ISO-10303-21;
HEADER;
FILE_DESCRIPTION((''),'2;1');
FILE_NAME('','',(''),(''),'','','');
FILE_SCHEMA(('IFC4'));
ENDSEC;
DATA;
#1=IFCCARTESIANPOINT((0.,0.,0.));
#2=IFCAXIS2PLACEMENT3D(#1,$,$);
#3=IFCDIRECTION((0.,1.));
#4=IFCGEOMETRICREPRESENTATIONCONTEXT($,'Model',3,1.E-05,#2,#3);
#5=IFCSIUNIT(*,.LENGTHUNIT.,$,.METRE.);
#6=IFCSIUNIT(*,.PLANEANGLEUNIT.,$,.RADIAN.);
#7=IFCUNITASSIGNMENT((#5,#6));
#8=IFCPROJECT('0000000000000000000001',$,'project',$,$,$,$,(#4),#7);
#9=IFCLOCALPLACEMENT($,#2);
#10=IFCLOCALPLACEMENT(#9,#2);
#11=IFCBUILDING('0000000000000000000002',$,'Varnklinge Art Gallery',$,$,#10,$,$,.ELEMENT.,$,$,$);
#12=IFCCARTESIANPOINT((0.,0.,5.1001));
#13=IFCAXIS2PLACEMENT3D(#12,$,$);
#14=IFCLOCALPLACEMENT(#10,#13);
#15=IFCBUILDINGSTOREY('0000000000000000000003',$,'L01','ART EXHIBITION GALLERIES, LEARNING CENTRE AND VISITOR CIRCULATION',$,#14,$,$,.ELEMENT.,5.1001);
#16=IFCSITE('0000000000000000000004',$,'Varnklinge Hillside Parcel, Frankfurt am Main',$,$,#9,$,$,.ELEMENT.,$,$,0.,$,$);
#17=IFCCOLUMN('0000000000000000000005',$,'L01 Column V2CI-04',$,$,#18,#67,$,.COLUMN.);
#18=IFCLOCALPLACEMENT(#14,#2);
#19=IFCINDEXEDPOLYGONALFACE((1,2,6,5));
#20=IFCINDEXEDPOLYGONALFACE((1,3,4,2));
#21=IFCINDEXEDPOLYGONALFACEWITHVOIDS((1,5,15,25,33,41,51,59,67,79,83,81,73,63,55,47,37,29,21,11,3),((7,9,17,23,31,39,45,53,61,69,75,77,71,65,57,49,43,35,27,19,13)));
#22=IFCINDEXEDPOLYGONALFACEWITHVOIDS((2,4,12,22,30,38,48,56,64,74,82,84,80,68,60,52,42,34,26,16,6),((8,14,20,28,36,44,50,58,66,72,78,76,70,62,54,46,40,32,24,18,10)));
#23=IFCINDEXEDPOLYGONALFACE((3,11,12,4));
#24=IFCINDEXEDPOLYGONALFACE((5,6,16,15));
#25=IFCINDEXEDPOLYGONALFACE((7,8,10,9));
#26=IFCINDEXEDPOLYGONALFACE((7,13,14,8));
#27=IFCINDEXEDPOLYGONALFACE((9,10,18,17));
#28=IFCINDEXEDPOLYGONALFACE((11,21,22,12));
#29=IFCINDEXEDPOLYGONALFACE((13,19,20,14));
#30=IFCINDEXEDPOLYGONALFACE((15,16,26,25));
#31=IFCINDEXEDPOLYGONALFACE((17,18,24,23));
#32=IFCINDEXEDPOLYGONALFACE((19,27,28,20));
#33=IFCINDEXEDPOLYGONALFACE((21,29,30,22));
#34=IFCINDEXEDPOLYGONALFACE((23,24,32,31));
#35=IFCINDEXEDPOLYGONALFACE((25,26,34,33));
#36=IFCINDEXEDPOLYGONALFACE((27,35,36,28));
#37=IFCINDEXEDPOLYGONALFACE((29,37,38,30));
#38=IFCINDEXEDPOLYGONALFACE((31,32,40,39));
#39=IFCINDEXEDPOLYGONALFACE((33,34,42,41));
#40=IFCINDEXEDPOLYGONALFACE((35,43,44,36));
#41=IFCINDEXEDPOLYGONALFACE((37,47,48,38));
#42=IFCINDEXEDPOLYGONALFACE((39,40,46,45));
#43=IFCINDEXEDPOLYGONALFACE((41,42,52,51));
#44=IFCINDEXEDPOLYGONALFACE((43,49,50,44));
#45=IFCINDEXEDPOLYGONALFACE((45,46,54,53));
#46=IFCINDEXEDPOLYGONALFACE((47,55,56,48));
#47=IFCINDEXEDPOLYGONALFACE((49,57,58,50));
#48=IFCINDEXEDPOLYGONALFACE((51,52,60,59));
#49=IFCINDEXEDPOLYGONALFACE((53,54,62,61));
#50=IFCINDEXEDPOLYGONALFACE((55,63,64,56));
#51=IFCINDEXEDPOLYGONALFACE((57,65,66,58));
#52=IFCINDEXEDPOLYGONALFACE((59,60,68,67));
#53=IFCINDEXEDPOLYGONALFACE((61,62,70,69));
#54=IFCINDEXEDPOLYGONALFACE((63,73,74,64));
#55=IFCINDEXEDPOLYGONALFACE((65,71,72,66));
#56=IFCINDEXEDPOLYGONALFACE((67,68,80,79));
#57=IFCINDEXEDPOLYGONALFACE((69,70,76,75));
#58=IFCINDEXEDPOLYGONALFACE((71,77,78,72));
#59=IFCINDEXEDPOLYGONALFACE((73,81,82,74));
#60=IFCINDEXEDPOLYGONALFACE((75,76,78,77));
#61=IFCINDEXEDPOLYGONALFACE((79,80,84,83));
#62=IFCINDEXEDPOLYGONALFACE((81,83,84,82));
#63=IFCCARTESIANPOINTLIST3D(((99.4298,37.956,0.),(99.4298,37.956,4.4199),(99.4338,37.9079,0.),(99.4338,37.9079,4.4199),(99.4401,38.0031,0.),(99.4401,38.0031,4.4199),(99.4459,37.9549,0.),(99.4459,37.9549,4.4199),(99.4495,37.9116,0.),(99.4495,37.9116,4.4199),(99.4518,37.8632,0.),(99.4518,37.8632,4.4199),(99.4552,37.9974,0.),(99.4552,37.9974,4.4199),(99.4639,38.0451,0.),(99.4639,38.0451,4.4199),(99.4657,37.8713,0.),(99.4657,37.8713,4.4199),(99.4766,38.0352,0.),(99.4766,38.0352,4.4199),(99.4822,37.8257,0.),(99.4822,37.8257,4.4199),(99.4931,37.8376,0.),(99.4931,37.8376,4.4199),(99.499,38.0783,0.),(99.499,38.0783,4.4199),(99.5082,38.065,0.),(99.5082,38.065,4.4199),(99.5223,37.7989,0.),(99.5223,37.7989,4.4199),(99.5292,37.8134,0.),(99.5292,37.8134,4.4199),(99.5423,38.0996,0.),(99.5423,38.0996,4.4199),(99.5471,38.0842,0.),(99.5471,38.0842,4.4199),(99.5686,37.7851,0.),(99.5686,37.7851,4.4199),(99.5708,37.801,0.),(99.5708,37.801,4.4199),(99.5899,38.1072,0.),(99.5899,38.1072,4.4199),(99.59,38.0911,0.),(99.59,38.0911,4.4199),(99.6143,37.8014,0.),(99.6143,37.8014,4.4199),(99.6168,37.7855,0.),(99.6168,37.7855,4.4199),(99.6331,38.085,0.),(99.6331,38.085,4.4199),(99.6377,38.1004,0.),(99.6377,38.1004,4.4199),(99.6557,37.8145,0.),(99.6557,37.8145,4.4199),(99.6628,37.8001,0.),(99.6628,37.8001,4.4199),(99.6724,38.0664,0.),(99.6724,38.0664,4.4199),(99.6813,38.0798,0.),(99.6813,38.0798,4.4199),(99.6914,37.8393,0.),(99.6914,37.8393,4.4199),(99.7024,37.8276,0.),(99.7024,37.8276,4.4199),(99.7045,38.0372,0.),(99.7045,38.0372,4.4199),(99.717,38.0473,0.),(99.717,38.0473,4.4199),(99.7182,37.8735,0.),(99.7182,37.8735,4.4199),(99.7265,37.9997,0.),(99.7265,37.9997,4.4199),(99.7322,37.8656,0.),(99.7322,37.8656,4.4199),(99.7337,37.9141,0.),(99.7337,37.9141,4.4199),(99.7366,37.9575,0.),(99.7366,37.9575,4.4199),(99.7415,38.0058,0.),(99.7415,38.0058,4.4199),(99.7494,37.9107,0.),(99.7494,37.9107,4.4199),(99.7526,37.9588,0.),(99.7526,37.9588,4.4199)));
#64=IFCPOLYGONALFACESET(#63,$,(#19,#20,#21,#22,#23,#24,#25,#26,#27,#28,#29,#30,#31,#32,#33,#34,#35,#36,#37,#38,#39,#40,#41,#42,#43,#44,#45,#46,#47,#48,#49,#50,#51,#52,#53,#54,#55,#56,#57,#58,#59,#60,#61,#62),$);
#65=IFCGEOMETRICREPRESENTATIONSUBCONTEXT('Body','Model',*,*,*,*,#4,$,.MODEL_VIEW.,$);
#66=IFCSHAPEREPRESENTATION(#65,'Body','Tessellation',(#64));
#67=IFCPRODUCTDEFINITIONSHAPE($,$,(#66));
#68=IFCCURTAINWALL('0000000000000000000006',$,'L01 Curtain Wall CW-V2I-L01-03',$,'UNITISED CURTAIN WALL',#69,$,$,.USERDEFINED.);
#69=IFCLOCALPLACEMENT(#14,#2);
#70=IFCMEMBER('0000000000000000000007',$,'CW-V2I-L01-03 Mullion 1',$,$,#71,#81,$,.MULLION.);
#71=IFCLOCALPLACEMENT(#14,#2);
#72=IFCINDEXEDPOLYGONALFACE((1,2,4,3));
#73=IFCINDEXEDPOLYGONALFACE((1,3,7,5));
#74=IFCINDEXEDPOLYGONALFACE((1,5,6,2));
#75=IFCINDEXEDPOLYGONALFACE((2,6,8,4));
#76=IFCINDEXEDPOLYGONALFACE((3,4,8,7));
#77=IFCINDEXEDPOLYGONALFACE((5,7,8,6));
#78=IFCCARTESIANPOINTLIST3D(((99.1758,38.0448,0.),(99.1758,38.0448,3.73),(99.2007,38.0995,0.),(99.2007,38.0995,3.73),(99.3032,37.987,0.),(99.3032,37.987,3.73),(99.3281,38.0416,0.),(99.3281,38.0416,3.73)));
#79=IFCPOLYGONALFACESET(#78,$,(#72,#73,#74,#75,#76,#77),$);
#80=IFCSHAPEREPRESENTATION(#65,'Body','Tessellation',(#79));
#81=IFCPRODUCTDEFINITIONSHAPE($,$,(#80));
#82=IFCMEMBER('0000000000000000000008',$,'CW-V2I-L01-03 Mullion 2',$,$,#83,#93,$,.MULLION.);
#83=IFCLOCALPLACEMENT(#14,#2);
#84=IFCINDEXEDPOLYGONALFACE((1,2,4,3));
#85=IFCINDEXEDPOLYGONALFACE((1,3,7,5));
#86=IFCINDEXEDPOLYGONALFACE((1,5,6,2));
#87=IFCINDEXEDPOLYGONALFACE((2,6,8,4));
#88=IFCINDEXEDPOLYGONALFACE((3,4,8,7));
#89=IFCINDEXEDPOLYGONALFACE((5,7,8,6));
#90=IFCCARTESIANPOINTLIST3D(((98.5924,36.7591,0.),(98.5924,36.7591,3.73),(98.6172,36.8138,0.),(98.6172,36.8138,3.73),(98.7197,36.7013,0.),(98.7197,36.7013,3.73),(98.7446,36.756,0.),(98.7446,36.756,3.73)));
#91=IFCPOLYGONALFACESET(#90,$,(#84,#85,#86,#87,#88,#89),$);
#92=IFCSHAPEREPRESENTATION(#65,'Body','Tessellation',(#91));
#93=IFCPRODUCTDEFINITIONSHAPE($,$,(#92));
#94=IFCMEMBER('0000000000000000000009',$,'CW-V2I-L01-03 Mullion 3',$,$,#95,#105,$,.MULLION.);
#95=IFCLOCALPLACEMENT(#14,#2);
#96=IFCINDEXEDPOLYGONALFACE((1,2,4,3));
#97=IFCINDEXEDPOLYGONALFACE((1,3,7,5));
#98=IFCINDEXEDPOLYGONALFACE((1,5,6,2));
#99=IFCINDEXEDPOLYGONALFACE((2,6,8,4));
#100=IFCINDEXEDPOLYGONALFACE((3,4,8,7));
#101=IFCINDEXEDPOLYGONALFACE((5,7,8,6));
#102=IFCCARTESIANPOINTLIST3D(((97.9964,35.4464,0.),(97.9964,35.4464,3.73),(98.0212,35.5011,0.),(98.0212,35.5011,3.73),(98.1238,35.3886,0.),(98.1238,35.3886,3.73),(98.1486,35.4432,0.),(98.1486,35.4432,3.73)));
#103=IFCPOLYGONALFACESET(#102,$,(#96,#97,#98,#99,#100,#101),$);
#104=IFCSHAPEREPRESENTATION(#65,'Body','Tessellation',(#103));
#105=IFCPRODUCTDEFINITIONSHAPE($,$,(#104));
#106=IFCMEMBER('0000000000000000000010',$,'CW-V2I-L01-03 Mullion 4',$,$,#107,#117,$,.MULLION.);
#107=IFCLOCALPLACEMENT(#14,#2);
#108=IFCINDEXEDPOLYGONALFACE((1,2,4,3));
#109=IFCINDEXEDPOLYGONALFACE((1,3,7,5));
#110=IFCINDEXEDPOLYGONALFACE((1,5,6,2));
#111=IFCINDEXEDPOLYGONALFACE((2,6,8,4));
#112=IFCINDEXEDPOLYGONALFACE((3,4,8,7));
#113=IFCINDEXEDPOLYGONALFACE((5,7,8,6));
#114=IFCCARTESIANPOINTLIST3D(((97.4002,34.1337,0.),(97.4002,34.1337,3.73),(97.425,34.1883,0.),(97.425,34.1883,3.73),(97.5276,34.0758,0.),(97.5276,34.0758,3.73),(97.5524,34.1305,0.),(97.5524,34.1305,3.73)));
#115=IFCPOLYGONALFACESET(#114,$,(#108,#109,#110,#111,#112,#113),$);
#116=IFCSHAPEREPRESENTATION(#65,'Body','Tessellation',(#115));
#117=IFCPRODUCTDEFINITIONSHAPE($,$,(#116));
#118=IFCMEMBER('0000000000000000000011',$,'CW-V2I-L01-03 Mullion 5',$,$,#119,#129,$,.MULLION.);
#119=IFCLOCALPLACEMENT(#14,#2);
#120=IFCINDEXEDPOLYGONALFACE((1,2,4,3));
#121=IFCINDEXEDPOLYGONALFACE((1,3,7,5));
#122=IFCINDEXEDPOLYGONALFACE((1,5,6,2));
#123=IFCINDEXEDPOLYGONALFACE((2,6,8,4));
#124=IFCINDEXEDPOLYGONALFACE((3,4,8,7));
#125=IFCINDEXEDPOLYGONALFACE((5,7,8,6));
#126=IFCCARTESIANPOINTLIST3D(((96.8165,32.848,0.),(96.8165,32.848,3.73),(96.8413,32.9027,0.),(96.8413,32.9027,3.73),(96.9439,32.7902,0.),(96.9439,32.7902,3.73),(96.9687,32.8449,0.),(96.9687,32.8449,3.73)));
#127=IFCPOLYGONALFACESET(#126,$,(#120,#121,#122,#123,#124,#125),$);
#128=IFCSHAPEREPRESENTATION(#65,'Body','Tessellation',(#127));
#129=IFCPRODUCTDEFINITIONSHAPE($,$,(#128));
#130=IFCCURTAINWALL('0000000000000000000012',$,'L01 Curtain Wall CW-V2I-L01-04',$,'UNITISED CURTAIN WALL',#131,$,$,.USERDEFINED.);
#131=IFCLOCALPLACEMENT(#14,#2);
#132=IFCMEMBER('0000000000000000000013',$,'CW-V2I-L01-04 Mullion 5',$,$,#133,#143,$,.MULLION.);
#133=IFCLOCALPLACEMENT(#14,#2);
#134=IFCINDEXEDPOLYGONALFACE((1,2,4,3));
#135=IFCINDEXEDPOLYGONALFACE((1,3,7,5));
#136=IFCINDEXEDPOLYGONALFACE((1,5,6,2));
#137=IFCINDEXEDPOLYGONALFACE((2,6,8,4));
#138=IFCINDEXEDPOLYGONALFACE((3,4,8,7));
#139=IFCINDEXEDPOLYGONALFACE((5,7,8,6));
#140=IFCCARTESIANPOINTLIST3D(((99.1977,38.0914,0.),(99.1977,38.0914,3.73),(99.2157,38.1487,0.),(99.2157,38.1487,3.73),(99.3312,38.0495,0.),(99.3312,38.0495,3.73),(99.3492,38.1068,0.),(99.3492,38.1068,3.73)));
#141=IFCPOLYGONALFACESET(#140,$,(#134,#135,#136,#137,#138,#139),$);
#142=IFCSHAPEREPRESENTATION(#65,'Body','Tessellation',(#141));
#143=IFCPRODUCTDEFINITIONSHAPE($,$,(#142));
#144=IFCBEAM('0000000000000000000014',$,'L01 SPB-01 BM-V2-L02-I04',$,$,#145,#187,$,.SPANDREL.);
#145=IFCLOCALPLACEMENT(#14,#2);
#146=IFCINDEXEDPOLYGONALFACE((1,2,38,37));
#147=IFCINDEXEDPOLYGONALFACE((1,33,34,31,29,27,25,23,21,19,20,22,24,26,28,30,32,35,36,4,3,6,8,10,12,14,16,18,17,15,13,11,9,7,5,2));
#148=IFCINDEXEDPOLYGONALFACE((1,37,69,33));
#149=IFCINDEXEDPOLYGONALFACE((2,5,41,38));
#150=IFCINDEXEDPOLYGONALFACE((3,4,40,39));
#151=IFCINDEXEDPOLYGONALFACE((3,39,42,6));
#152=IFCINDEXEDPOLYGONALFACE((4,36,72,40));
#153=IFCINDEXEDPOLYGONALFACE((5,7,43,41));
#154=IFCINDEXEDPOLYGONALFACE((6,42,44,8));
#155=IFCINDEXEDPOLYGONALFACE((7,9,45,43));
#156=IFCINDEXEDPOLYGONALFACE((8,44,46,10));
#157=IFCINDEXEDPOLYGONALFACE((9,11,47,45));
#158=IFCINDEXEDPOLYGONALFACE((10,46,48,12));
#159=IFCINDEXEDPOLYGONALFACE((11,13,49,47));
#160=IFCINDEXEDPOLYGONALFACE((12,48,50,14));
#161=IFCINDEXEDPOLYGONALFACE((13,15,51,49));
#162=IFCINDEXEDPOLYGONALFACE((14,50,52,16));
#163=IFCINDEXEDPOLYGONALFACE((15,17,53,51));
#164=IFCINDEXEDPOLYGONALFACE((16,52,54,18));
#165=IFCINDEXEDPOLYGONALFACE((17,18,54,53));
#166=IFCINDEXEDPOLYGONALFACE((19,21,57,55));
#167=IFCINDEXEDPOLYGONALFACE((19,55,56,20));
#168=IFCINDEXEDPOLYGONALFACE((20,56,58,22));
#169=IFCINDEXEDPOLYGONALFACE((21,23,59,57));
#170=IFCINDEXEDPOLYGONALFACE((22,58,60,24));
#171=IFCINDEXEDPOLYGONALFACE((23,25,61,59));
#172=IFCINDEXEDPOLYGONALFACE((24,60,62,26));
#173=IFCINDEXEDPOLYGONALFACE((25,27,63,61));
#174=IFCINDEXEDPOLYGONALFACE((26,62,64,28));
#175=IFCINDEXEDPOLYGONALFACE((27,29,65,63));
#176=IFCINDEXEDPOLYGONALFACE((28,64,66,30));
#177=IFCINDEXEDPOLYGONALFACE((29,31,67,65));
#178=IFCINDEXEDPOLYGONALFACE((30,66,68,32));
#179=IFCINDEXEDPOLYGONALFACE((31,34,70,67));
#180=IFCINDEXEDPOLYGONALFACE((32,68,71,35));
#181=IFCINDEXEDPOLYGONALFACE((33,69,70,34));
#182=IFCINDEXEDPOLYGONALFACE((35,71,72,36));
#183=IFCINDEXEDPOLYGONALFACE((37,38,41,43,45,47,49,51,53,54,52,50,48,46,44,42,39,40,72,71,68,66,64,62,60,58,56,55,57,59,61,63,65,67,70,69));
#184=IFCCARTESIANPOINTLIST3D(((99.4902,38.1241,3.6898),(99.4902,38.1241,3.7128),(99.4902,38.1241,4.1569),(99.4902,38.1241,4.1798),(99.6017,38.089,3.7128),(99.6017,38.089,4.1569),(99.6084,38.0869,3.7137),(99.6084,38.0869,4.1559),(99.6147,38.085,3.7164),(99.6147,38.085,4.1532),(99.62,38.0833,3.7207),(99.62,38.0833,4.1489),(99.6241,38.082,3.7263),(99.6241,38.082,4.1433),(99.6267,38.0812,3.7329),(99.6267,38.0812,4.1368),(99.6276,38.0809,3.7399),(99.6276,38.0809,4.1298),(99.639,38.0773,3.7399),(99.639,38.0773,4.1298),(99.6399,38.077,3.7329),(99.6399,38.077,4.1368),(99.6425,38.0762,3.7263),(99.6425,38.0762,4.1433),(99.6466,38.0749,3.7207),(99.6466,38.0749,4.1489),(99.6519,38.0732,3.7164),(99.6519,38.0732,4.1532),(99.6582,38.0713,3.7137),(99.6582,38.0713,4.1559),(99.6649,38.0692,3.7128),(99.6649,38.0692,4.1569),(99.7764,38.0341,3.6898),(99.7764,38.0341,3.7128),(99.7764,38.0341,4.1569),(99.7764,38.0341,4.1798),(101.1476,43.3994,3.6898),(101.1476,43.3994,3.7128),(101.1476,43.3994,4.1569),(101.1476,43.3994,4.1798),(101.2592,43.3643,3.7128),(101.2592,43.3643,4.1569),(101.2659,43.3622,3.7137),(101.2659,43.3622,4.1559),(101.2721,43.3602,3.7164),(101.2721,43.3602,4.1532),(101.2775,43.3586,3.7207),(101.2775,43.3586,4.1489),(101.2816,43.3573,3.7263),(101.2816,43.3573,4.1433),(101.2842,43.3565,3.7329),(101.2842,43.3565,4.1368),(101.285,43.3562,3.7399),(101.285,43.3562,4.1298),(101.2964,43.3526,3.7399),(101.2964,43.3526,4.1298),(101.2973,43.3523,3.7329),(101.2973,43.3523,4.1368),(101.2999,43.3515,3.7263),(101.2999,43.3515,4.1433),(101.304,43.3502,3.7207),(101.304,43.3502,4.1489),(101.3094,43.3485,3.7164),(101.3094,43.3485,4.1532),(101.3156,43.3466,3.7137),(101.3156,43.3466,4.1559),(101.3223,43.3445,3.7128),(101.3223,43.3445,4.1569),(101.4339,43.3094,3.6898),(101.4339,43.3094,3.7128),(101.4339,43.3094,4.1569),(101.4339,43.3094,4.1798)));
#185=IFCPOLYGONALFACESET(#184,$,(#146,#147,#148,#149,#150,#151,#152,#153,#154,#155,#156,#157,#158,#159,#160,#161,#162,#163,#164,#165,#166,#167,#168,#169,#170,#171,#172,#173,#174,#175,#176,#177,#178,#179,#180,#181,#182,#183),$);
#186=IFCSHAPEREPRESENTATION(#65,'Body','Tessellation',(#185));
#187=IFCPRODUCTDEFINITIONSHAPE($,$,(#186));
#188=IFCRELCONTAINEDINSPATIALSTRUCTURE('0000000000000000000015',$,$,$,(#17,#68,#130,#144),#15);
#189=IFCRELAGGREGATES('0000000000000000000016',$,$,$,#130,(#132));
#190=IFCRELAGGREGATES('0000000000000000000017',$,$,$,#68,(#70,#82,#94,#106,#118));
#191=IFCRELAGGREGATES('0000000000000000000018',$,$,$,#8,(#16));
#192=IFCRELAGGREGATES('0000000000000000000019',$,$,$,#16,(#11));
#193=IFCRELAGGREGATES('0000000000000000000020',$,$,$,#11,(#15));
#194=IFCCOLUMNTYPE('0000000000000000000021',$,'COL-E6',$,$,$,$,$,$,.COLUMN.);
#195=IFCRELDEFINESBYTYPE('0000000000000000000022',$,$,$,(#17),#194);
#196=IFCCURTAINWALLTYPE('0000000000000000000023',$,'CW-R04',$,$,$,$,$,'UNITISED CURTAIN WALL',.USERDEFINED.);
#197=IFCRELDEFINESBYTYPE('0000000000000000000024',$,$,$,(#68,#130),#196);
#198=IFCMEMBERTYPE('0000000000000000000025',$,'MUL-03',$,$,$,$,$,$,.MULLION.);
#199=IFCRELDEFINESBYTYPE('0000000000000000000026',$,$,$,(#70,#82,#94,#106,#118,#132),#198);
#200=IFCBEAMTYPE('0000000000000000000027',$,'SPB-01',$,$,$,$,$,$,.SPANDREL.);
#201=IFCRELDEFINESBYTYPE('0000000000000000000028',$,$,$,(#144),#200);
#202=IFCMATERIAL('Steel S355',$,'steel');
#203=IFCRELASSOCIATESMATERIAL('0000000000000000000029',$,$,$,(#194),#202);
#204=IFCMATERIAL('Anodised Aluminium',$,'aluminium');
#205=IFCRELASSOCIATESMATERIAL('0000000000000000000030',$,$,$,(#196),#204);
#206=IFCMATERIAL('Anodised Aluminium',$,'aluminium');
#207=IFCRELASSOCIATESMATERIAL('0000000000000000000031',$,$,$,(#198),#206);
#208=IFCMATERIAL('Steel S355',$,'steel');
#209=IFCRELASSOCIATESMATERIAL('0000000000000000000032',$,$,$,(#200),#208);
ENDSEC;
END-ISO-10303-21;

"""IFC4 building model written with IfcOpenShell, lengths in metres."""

from ifc_helpers import new_model, si_unit, direction, frame, origin, origin_2d, place, context, subcontext, project, spatial, rectangle, hollow_circle, i_section, extrude, material, material_profile, profile_set, type_object, element, aggregate, save


model = new_model("IFC4")

# Units and contexts
model_context = context("Model", 3, precision=1e-05, world=origin(), true_north=direction((0.0, 1.0)))
body_context = subcontext(model_context, "Body", "Model", "MODEL_VIEW")
ifc_project = project(units=[si_unit("LENGTHUNIT", "METRE"), si_unit("PLANEANGLEUNIT", "RADIAN")], contexts=[model_context])

# Site, building, storey
site_placement = place(None, origin())
site = spatial("IfcSite", under=ifc_project, at=site_placement, Name="Varnklinge Hillside Parcel, Frankfurt am Main", CompositionType="ELEMENT", RefElevation=0.0)
building_placement = place(site_placement, origin())
building = spatial("IfcBuilding", under=site, at=building_placement, Name="Varnklinge Art Gallery", CompositionType="ELEMENT")
storey_placement = place(building_placement, frame((0.0, 0.0, 5.1001)))
storey = spatial("IfcBuildingStorey", under=building, at=storey_placement, Name="L01", Description="ART EXHIBITION GALLERIES, LEARNING CENTRE AND VISITOR CIRCULATION", CompositionType="ELEMENT", Elevation=5.1001)

# Column
ifc_material_1 = material(Name="Steel S355", Category="steel")
ifc_material_profile_1 = material_profile(ifc_material_1, hollow_circle(Radius=0.1619, WallThickness=0.0161, at=origin_2d()), Name="CHS 323.9x16")
ifc_profile_set_1 = profile_set([ifc_material_profile_1], Name="Steel S355")
column_type = type_object("IfcColumnType", Name="COL-E6", PredefinedType="COLUMN", material=ifc_profile_set_1)
column_placement = place(storey_placement, frame((99.5913, 37.9453, 0.0), z_axis=(0.0, 0.0, 1.0), x_axis=(-0.934018, 0.357227, 0.0)))
element("IfcColumn", 1, at=column_placement, inside=storey, type_object=column_type, Name="L01 Column V2CI-04", PredefinedType="COLUMN", context=body_context, shape_type="SweptSolid", body=[
    extrude(hollow_circle(Radius=0.1619, WallThickness=0.0161, at=origin_2d()), origin(), (0.0, 0.0, 1.0), 4.4199),
])

# Curtain wall, members
ifc_material_2 = material(Name="Anodised Aluminium", Category="aluminium")
curtain_wall_type = type_object("IfcCurtainWallType", Name="CW-R04", ElementType="UNITISED CURTAIN WALL", PredefinedType="USERDEFINED", material=ifc_material_2)
curtain_wall_1_placement = place(storey_placement, origin())
curtain_wall_1 = element("IfcCurtainWall", 2, at=curtain_wall_1_placement, inside=storey, type_object=curtain_wall_type, Name="L01 Curtain Wall CW-V2I-L01-03", ObjectType="UNITISED CURTAIN WALL", PredefinedType="USERDEFINED")
ifc_material_3 = material(Name="Anodised Aluminium", Category="aluminium")
ifc_material_profile_2 = material_profile(ifc_material_3, rectangle(XDim=0.0601, YDim=0.1399, at=origin_2d()), Name="ALU 60x140")
ifc_profile_set_2 = profile_set([ifc_material_profile_2], Name="Anodised Aluminium")
member_type_1 = type_object("IfcMemberType", Name="MUL-03", PredefinedType="MULLION", material=ifc_profile_set_2)
member_1_placement = place(storey_placement, frame((99.252, 38.0432, 0.0), z_axis=(0.0, 0.0, 1.0), x_axis=(-0.413422, -0.910539, 0.0)))
member_1 = element("IfcMember", 3, at=member_1_placement, type_object=member_type_1, Name="CW-V2I-L01-03 Mullion 1", PredefinedType="MULLION", context=body_context, shape_type="SweptSolid", body=[
    extrude(rectangle(XDim=0.0601, YDim=0.1399, at=origin_2d()), origin(), (0.0, 0.0, 1.0), 3.73),
])
member_2_placement = place(storey_placement, frame((98.6685, 36.7576, 0.0), z_axis=(0.0, 0.0, 1.0), x_axis=(-0.413422, -0.910539, 0.0)))
member_2 = element("IfcMember", 4, at=member_2_placement, type_object=member_type_1, Name="CW-V2I-L01-03 Mullion 2", PredefinedType="MULLION", context=body_context, shape_type="SweptSolid", body=[
    extrude(rectangle(XDim=0.0601, YDim=0.1399, at=origin_2d()), origin(), (0.0, 0.0, 1.0), 3.73),
])
member_3_placement = place(storey_placement, frame((98.0725, 35.4448, 0.0), z_axis=(0.0, 0.0, 1.0), x_axis=(-0.413422, -0.910539, 0.0)))
member_3 = element("IfcMember", 5, at=member_3_placement, type_object=member_type_1, Name="CW-V2I-L01-03 Mullion 3", PredefinedType="MULLION", context=body_context, shape_type="SweptSolid", body=[
    extrude(rectangle(XDim=0.0601, YDim=0.1399, at=origin_2d()), origin(), (0.0, 0.0, 1.0), 3.73),
])
member_4_placement = place(storey_placement, frame((97.4763, 34.1321, 0.0), z_axis=(0.0, 0.0, 1.0), x_axis=(-0.413422, -0.910539, 0.0)))
member_4 = element("IfcMember", 6, at=member_4_placement, type_object=member_type_1, Name="CW-V2I-L01-03 Mullion 4", PredefinedType="MULLION", context=body_context, shape_type="SweptSolid", body=[
    extrude(rectangle(XDim=0.0601, YDim=0.1399, at=origin_2d()), origin(), (0.0, 0.0, 1.0), 3.73),
])
member_5_placement = place(storey_placement, frame((96.8926, 32.8464, 0.0), z_axis=(0.0, 0.0, 1.0), x_axis=(-0.413422, -0.910539, 0.0)))
member_5 = element("IfcMember", 7, at=member_5_placement, type_object=member_type_1, Name="CW-V2I-L01-03 Mullion 5", PredefinedType="MULLION", context=body_context, shape_type="SweptSolid", body=[
    extrude(rectangle(XDim=0.0601, YDim=0.1399, at=origin_2d()), origin(), (0.0, 0.0, 1.0), 3.73),
])

# Curtain wall, member
curtain_wall_2_placement = place(storey_placement, origin())
curtain_wall_2 = element("IfcCurtainWall", 8, at=curtain_wall_2_placement, inside=storey, type_object=curtain_wall_type, Name="L01 Curtain Wall CW-V2I-L01-04", ObjectType="UNITISED CURTAIN WALL", PredefinedType="USERDEFINED")
member_6_placement = place(storey_placement, frame((99.2734, 38.0991, 0.0), z_axis=(0.0, 0.0, 1.0), x_axis=(-0.299707, -0.954031, 0.0)))
member_6 = element("IfcMember", 9, at=member_6_placement, type_object=member_type_1, Name="CW-V2I-L01-04 Mullion 5", PredefinedType="MULLION", context=body_context, shape_type="SweptSolid", body=[
    extrude(rectangle(XDim=0.0601, YDim=0.1399, at=origin_2d()), origin(), (0.0, 0.0, 1.0), 3.73),
])
aggregate(curtain_wall_2, [member_6])

# Beam
ifc_material_4 = material(Name="Steel S355", Category="steel")
ifc_material_profile_3 = material_profile(ifc_material_4, i_section(OverallWidth=0.3, OverallDepth=0.49, WebThickness=0.012, FlangeThickness=0.0229, FilletRadius=0.0271, at=origin_2d()), Name="HEA 500")
ifc_profile_set_3 = profile_set([ifc_material_profile_3], Name="Steel S355")
beam_type = type_object("IfcBeamType", Name="SPB-01", PredefinedType="SPANDREL", material=ifc_profile_set_3)
beam_placement = place(storey_placement, frame((99.6333, 38.0791, 3.9348), z_axis=(0.299743, 0.95402, 0.0), x_axis=(-0.95402, 0.299743, 0.0)))
element("IfcBeam", 10, at=beam_placement, inside=storey, type_object=beam_type, Name="L01 SPB-01 BM-V2-L02-I04", PredefinedType="SPANDREL", context=body_context, shape_type="SweptSolid", body=[
    extrude(i_section(OverallWidth=0.3, OverallDepth=0.49, WebThickness=0.012, FlangeThickness=0.0229, FilletRadius=0.0271, at=origin_2d()), origin(), (0.0, 0.0, 1.0), 5.5295),
])

aggregate(curtain_wall_1, [member_1, member_2, member_3, member_4, member_5])

save(model, "model.ifc")
